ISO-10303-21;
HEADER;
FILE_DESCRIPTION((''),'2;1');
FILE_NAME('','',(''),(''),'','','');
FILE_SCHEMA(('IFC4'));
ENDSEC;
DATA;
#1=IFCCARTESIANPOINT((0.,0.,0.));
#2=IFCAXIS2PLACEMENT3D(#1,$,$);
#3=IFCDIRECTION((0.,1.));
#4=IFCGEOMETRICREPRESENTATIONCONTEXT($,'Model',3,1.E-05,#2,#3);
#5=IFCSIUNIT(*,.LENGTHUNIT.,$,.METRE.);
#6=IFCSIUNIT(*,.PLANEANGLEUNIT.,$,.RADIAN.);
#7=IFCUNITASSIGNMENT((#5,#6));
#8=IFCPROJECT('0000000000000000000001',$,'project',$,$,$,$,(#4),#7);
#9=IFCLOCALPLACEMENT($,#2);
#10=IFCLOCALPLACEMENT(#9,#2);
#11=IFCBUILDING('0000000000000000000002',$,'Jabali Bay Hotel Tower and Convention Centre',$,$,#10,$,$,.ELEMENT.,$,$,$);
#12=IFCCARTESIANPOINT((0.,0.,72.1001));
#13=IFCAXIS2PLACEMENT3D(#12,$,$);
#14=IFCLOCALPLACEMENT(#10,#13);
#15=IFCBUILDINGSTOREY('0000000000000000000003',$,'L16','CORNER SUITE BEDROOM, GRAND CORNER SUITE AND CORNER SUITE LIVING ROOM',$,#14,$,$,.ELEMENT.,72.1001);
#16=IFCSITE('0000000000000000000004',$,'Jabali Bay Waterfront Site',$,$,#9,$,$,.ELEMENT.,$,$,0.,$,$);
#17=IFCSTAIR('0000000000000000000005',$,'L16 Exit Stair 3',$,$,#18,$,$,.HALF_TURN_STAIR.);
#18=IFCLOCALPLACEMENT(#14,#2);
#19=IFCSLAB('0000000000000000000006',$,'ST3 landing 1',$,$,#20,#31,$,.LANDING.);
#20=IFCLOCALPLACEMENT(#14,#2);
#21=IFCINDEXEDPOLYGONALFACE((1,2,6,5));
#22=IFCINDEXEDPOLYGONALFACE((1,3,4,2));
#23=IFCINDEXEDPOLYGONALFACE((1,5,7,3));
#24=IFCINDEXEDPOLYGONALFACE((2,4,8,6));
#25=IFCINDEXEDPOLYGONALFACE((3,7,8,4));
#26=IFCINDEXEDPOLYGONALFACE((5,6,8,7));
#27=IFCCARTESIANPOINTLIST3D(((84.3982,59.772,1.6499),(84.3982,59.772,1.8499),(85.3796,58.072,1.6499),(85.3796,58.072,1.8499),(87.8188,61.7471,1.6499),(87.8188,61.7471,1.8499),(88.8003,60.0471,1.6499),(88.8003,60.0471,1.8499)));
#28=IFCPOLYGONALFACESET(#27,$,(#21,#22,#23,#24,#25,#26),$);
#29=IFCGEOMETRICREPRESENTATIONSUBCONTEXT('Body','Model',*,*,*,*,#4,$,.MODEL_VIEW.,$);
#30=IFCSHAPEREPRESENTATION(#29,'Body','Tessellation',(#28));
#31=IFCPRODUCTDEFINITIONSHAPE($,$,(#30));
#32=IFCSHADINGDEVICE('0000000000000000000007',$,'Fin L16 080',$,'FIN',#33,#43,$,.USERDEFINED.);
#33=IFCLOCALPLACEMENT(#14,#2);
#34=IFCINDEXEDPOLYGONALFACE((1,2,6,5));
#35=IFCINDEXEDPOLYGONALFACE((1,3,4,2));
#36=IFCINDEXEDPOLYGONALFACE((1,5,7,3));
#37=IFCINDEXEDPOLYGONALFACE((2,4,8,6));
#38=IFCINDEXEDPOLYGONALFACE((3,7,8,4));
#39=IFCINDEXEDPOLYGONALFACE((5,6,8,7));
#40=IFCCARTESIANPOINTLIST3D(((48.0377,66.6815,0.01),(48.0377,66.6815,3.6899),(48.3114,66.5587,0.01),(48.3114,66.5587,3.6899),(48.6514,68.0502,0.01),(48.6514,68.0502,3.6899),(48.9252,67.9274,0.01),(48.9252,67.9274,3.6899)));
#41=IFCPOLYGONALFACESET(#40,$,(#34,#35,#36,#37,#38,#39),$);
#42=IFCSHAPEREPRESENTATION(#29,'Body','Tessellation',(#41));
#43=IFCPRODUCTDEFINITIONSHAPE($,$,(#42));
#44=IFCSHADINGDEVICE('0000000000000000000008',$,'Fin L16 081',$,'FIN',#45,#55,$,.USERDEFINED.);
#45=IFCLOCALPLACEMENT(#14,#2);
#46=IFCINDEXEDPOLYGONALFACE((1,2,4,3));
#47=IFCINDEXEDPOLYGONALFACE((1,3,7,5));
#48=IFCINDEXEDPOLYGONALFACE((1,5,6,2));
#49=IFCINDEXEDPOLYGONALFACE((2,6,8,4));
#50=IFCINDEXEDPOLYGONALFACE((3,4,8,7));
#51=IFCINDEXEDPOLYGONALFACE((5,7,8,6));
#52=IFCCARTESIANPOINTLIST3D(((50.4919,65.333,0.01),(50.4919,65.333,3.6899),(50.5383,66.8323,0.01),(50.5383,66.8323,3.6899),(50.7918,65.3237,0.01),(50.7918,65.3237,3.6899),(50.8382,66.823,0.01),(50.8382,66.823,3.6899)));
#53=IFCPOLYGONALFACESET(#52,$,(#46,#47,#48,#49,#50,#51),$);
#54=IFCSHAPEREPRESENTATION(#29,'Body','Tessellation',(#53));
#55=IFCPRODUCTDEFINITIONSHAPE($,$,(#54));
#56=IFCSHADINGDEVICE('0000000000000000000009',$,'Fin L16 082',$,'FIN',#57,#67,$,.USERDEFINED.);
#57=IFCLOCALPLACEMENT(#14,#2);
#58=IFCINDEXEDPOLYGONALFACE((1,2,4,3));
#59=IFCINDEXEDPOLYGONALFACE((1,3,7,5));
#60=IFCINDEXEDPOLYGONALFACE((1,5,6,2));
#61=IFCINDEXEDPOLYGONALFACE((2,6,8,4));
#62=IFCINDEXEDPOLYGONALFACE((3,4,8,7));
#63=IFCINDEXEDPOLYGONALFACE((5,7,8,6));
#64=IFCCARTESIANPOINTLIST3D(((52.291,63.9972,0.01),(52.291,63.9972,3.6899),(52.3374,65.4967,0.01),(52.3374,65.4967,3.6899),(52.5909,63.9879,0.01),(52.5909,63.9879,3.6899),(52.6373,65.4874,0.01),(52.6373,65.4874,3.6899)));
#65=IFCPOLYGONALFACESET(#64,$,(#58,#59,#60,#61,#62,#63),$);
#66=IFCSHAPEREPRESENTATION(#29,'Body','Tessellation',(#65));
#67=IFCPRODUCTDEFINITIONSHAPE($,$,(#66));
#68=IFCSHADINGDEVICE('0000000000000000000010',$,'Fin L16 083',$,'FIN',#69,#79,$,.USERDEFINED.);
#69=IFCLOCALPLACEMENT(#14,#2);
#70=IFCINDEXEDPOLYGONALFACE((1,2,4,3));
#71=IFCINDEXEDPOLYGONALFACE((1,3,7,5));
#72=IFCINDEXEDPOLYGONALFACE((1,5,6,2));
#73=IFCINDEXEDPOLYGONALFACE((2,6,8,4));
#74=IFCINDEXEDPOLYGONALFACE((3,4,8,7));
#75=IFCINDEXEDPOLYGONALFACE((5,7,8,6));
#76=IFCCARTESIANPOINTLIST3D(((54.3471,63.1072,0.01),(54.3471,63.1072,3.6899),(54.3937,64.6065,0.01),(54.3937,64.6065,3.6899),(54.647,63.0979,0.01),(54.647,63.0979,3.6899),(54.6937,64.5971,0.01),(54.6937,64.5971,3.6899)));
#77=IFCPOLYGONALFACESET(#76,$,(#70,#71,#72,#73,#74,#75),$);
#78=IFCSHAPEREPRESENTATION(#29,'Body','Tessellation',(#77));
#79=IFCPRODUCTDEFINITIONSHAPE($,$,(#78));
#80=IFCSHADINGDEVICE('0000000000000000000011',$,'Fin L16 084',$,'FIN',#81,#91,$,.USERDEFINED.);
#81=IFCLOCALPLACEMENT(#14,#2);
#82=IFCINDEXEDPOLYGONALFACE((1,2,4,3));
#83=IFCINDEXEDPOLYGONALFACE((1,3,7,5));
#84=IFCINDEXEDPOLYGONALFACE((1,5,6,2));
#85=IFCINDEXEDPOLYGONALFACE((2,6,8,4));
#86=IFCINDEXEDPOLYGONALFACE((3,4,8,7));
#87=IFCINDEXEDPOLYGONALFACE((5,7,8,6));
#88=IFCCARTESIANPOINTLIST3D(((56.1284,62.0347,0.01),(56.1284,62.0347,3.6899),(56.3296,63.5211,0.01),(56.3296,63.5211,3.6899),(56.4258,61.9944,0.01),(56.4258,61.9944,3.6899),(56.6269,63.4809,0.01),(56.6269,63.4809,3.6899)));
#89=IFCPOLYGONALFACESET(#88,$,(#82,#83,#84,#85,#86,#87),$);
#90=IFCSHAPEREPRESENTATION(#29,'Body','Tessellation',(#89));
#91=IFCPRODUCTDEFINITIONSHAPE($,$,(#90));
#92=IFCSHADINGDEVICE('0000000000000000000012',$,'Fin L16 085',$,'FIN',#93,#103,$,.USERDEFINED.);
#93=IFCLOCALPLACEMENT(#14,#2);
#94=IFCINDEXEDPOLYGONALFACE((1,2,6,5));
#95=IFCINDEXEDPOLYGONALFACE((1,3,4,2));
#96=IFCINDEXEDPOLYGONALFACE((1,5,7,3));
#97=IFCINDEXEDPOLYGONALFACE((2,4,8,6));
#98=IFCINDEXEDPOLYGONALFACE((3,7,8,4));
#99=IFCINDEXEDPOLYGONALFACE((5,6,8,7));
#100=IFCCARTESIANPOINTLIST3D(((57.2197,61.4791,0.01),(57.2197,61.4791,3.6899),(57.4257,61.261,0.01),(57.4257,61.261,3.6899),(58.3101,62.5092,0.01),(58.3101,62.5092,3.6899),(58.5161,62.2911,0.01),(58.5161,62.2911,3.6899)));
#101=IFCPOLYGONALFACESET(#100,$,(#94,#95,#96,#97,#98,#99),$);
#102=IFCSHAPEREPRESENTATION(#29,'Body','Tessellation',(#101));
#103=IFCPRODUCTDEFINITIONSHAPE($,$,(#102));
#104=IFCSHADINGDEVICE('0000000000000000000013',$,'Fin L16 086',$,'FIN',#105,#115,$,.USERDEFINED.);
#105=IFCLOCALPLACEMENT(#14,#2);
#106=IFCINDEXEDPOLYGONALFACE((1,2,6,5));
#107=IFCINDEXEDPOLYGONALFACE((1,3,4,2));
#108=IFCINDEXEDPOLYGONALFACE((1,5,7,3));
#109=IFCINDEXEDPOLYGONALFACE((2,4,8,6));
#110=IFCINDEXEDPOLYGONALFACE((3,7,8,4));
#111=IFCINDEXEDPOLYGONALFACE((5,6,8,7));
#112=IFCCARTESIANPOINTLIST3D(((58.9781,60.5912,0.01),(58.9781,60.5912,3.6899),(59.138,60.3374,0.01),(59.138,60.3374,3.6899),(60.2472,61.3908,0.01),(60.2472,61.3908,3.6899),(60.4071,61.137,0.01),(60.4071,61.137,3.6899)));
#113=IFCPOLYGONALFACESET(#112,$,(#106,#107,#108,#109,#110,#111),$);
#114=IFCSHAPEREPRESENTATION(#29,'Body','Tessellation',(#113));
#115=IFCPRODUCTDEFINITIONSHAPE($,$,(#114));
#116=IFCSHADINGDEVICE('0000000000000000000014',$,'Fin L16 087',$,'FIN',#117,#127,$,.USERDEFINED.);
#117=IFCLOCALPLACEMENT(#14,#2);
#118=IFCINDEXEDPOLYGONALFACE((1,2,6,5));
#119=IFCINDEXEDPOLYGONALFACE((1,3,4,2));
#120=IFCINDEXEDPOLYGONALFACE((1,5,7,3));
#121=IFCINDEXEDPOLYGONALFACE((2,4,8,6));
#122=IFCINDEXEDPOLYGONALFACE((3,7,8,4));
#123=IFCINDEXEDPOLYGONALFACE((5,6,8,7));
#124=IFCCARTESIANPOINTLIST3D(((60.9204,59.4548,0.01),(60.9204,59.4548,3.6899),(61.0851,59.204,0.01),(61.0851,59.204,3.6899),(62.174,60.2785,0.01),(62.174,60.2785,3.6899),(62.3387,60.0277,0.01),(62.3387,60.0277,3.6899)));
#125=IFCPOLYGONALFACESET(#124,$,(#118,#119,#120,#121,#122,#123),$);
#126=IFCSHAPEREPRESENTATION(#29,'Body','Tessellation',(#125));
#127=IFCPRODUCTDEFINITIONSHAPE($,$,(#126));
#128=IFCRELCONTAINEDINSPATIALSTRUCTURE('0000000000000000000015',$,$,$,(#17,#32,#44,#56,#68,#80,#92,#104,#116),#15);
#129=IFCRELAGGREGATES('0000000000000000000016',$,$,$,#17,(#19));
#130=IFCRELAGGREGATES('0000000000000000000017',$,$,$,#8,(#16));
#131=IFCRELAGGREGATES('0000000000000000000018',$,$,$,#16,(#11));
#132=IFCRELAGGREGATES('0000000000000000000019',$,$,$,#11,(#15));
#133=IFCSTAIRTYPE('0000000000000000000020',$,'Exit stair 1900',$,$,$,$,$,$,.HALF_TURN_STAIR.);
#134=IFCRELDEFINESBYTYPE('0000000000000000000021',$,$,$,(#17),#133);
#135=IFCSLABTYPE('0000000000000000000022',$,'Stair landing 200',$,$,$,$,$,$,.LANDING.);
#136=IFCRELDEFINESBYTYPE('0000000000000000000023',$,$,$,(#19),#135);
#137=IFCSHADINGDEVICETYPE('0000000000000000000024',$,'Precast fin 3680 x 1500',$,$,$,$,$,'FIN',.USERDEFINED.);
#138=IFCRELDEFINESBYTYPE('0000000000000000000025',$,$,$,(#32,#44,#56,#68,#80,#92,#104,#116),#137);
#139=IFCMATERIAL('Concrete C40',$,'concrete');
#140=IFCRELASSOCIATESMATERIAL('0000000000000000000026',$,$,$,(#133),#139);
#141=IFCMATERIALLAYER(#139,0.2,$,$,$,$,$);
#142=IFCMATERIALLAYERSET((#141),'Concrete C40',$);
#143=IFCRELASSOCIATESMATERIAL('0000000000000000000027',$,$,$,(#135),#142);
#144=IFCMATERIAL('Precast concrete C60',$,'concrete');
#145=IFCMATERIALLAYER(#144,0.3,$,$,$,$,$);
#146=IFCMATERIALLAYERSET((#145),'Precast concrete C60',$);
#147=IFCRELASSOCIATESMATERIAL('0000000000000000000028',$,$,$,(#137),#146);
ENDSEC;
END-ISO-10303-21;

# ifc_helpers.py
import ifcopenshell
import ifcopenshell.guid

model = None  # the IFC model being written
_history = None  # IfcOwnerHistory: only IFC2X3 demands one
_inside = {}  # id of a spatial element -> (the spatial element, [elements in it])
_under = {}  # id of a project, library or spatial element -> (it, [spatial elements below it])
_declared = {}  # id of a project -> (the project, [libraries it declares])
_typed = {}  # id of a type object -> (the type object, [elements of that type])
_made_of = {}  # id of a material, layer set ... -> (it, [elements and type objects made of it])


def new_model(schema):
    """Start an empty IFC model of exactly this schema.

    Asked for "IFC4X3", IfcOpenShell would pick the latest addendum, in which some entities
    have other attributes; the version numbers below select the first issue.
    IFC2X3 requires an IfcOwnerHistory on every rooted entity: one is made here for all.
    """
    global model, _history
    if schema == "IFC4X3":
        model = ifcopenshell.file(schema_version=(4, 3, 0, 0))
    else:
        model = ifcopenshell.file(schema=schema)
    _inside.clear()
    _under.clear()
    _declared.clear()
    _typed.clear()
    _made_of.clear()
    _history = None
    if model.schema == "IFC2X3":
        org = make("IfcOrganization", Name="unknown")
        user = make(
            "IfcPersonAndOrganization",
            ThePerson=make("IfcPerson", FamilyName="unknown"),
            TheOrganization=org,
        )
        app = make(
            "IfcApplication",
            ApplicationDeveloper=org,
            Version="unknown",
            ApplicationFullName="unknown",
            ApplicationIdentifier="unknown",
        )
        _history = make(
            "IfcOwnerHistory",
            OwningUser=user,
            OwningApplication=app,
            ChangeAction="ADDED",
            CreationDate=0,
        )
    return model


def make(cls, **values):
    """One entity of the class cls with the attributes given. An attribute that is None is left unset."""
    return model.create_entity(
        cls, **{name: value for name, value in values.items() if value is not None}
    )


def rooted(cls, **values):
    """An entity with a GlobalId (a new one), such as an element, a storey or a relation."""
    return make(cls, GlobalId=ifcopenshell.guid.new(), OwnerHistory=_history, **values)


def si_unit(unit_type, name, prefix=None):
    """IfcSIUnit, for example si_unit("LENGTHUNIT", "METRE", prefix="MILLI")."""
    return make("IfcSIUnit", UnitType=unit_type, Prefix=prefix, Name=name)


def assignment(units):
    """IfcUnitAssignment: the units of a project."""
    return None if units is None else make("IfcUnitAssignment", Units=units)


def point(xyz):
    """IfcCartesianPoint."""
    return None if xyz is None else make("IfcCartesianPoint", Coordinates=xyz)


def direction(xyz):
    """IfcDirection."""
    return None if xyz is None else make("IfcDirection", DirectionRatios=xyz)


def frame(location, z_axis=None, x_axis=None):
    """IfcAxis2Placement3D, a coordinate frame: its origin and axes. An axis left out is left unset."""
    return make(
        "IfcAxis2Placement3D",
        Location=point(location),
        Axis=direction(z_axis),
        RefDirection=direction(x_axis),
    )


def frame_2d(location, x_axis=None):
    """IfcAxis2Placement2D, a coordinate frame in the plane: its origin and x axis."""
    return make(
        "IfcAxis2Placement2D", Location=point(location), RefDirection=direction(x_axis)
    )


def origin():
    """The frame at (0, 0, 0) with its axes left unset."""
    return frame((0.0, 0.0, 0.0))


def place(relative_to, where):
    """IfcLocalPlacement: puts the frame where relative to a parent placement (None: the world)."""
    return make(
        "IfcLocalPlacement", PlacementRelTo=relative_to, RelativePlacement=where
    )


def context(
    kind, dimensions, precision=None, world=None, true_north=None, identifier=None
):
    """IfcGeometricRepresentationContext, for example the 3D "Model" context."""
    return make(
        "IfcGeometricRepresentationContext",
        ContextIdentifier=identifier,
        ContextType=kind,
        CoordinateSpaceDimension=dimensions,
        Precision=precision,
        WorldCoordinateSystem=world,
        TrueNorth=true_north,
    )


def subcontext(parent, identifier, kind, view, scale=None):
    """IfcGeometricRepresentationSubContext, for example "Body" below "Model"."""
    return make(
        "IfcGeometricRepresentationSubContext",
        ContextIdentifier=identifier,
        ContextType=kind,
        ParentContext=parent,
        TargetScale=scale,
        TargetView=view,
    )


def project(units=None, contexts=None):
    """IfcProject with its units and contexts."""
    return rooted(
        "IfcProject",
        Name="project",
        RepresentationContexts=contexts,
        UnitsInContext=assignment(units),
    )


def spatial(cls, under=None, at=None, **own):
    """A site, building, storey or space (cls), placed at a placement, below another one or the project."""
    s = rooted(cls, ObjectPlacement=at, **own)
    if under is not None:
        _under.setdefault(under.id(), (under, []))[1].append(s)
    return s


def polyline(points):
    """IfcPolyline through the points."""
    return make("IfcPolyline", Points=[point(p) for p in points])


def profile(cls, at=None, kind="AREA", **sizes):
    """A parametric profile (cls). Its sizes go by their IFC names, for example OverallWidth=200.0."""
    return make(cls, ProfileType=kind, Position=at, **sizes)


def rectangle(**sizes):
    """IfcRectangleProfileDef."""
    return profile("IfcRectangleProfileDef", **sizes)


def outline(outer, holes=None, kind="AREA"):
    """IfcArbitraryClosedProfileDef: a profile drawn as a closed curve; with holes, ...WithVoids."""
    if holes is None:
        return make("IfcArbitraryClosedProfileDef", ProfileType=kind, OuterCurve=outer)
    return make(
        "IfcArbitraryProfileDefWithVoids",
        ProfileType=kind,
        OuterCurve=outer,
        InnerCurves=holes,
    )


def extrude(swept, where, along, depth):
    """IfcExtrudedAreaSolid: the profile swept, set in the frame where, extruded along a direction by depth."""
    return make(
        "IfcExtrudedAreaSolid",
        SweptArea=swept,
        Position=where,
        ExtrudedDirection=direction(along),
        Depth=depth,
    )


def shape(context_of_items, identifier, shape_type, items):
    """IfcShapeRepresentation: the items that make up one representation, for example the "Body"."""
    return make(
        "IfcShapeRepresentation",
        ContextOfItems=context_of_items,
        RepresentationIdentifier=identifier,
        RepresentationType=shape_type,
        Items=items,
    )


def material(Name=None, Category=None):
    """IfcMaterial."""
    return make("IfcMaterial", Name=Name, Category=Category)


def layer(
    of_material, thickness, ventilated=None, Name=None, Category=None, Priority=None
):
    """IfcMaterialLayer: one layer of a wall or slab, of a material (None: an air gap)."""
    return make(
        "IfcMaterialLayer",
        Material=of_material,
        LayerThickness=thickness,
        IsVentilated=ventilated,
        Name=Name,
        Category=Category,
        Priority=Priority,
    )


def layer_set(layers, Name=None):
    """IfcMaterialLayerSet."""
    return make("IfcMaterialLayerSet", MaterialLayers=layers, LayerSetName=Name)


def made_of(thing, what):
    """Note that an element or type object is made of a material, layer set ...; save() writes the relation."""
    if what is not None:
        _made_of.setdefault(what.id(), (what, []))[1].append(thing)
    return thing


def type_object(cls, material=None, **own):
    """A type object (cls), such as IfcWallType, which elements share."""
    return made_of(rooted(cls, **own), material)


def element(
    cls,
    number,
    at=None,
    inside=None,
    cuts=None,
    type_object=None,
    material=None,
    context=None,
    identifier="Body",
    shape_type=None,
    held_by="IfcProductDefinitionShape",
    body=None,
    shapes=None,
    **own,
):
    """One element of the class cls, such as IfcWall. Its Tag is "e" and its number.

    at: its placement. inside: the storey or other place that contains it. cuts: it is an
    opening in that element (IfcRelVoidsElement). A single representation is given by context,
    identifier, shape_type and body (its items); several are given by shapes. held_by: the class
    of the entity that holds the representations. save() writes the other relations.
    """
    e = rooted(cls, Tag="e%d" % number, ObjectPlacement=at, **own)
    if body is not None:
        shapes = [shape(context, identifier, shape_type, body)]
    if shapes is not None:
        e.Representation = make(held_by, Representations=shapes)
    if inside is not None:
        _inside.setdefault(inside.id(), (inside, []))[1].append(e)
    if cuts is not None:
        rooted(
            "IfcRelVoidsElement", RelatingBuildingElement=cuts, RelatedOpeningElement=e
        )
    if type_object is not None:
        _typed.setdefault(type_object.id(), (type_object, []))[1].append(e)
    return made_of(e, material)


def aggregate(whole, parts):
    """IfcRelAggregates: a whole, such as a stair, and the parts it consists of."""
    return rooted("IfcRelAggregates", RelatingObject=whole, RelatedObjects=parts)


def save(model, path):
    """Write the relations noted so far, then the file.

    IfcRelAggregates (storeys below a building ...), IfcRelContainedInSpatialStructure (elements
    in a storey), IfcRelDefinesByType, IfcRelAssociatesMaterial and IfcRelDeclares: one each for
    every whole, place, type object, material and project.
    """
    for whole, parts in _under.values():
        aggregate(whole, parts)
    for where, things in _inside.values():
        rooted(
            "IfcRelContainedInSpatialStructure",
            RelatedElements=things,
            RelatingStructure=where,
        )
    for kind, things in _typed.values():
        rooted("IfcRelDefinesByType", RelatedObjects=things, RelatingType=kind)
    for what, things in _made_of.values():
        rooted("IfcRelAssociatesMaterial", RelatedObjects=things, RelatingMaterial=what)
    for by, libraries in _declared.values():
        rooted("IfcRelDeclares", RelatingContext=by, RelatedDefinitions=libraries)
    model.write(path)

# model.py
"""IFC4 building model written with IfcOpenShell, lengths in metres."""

from ifc_helpers import new_model, si_unit, direction, frame, frame_2d, origin, place, context, subcontext, project, spatial, polyline, rectangle, outline, extrude, material, layer, layer_set, type_object, element, aggregate, save


model = new_model("IFC4")

# Units and contexts
model_context = context("Model", 3, precision=1e-05, world=origin(), true_north=direction((0.0, 1.0)))
body_context = subcontext(model_context, "Body", "Model", "MODEL_VIEW")
ifc_project = project(units=[si_unit("LENGTHUNIT", "METRE"), si_unit("PLANEANGLEUNIT", "RADIAN")], contexts=[model_context])

# Site, building, storey
site_placement = place(None, origin())
site = spatial("IfcSite", under=ifc_project, at=site_placement, Name="Jabali Bay Waterfront Site", CompositionType="ELEMENT", RefElevation=0.0)
building_placement = place(site_placement, origin())
building = spatial("IfcBuilding", under=site, at=building_placement, Name="Jabali Bay Hotel Tower and Convention Centre", CompositionType="ELEMENT")
storey_placement = place(building_placement, frame((0.0, 0.0, 72.1001)))
storey = spatial("IfcBuildingStorey", under=building, at=storey_placement, Name="L16", Description="CORNER SUITE BEDROOM, GRAND CORNER SUITE AND CORNER SUITE LIVING ROOM", CompositionType="ELEMENT", Elevation=72.1001)

# Shared definitions
ifc_material_1 = material(Name="Concrete C40", Category="concrete")

# Stair, slab
stair_type = type_object("IfcStairType", Name="Exit stair 1900", PredefinedType="HALF_TURN_STAIR", material=ifc_material_1)
ifc_layer_1 = layer(ifc_material_1, 0.2)
ifc_layer_set_1 = layer_set([ifc_layer_1], Name="Concrete C40")
slab_type_1 = type_object("IfcSlabType", Name="Stair landing 200", PredefinedType="LANDING", material=ifc_layer_set_1)
stair_1_placement = place(storey_placement, origin())
stair_1 = element("IfcStair", 1, at=stair_1_placement, inside=storey, type_object=stair_type, Name="L16 Exit Stair 3", PredefinedType="HALF_TURN_STAIR")
slab_1_placement = place(storey_placement, frame((0.0, 0.0, 1.6499)))
slab_1 = element("IfcSlab", 2, at=slab_1_placement, type_object=slab_type_1, Name="ST3 landing 1", PredefinedType="LANDING", context=body_context, shape_type="SweptSolid", body=[
    extrude(outline(polyline([(84.3982, 59.772), (85.3796, 58.072), (88.8003, 60.0471), (87.8188, 61.7471), (84.3982, 59.772)])), origin(), (0.0, 0.0, 1.0), 0.2),
])
aggregate(stair_1, [slab_1])

# Shading devices
ifc_material_2 = material(Name="Precast concrete C60", Category="concrete")
ifc_layer_2 = layer(ifc_material_2, 0.3)
ifc_layer_set_2 = layer_set([ifc_layer_2], Name="Precast concrete C60")
shading_device_type = type_object("IfcShadingDeviceType", Name="Precast fin 3680 x 1500", ElementType="FIN", PredefinedType="USERDEFINED", material=ifc_layer_set_2)
for number, where, z_axis, x_axis, name in (
    (3, (48.7883, 67.9888, 0.01), (0.0, 0.0, 1.0), (-0.409187, -0.912451, 0.0), "Fin L16 080"),
    (4, (50.6882, 66.8276, 0.01), (0.0, 0.0, 1.0), (-0.030925, -0.999522, 0.0), "Fin L16 081"),
):
    element("IfcShadingDevice", number, at=place(storey_placement, frame(where, z_axis=z_axis, x_axis=x_axis)), inside=storey, type_object=shading_device_type, Name=name, ObjectType="FIN", PredefinedType="USERDEFINED", context=body_context, shape_type="SweptSolid", body=[
        extrude(rectangle(XDim=1.5, YDim=0.3, at=frame_2d((0.75, 0.0))), origin(), (0.0, 0.0, 1.0), 3.6799),
    ])
shading_device_placement = place(storey_placement, frame((52.4873, 65.4919, 0.01), z_axis=(0.0, 0.0, 1.0), x_axis=(-0.03092, -0.999522, 0.0)))
element("IfcShadingDevice", 5, at=shading_device_placement, inside=storey, type_object=shading_device_type, Name="Fin L16 082", ObjectType="FIN", PredefinedType="USERDEFINED", context=body_context, shape_type="SweptSolid", body=[
    extrude(rectangle(XDim=1.5002, YDim=0.3, at=frame_2d((0.75, 0.0))), origin(), (0.0, 0.0, 1.0), 3.6799),
])
for number, where, z_axis, x_axis, name in (
    (6, (54.5437, 64.6018, 0.01), (0.0, 0.0, 1.0), (-0.031087, -0.999517, 0.0), "Fin L16 083"),
    (7, (56.4783, 63.501, 0.01), (0.0, 0.0, 1.0), (-0.134125, -0.990964, 0.0), "Fin L16 084"),
    (8, (58.4131, 62.4001, 0.01), (0.0, 0.0, 1.0), (-0.726923, -0.686719, 0.0), "Fin L16 085"),
    (9, (60.3271, 61.2639, 0.01), (0.0, 0.0, 1.0), (-0.846072, -0.533068, 0.0), "Fin L16 086"),
    (10, (62.2563, 60.1531, 0.01), (0.0, 0.0, 1.0), (-0.835737, -0.549129, 0.0), "Fin L16 087"),
):
    element("IfcShadingDevice", number, at=place(storey_placement, frame(where, z_axis=z_axis, x_axis=x_axis)), inside=storey, type_object=shading_device_type, Name=name, ObjectType="FIN", PredefinedType="USERDEFINED", context=body_context, shape_type="SweptSolid", body=[
        extrude(rectangle(XDim=1.5, YDim=0.3, at=frame_2d((0.75, 0.0))), origin(), (0.0, 0.0, 1.0), 3.6799),
    ])

save(model, "model.ifc")
